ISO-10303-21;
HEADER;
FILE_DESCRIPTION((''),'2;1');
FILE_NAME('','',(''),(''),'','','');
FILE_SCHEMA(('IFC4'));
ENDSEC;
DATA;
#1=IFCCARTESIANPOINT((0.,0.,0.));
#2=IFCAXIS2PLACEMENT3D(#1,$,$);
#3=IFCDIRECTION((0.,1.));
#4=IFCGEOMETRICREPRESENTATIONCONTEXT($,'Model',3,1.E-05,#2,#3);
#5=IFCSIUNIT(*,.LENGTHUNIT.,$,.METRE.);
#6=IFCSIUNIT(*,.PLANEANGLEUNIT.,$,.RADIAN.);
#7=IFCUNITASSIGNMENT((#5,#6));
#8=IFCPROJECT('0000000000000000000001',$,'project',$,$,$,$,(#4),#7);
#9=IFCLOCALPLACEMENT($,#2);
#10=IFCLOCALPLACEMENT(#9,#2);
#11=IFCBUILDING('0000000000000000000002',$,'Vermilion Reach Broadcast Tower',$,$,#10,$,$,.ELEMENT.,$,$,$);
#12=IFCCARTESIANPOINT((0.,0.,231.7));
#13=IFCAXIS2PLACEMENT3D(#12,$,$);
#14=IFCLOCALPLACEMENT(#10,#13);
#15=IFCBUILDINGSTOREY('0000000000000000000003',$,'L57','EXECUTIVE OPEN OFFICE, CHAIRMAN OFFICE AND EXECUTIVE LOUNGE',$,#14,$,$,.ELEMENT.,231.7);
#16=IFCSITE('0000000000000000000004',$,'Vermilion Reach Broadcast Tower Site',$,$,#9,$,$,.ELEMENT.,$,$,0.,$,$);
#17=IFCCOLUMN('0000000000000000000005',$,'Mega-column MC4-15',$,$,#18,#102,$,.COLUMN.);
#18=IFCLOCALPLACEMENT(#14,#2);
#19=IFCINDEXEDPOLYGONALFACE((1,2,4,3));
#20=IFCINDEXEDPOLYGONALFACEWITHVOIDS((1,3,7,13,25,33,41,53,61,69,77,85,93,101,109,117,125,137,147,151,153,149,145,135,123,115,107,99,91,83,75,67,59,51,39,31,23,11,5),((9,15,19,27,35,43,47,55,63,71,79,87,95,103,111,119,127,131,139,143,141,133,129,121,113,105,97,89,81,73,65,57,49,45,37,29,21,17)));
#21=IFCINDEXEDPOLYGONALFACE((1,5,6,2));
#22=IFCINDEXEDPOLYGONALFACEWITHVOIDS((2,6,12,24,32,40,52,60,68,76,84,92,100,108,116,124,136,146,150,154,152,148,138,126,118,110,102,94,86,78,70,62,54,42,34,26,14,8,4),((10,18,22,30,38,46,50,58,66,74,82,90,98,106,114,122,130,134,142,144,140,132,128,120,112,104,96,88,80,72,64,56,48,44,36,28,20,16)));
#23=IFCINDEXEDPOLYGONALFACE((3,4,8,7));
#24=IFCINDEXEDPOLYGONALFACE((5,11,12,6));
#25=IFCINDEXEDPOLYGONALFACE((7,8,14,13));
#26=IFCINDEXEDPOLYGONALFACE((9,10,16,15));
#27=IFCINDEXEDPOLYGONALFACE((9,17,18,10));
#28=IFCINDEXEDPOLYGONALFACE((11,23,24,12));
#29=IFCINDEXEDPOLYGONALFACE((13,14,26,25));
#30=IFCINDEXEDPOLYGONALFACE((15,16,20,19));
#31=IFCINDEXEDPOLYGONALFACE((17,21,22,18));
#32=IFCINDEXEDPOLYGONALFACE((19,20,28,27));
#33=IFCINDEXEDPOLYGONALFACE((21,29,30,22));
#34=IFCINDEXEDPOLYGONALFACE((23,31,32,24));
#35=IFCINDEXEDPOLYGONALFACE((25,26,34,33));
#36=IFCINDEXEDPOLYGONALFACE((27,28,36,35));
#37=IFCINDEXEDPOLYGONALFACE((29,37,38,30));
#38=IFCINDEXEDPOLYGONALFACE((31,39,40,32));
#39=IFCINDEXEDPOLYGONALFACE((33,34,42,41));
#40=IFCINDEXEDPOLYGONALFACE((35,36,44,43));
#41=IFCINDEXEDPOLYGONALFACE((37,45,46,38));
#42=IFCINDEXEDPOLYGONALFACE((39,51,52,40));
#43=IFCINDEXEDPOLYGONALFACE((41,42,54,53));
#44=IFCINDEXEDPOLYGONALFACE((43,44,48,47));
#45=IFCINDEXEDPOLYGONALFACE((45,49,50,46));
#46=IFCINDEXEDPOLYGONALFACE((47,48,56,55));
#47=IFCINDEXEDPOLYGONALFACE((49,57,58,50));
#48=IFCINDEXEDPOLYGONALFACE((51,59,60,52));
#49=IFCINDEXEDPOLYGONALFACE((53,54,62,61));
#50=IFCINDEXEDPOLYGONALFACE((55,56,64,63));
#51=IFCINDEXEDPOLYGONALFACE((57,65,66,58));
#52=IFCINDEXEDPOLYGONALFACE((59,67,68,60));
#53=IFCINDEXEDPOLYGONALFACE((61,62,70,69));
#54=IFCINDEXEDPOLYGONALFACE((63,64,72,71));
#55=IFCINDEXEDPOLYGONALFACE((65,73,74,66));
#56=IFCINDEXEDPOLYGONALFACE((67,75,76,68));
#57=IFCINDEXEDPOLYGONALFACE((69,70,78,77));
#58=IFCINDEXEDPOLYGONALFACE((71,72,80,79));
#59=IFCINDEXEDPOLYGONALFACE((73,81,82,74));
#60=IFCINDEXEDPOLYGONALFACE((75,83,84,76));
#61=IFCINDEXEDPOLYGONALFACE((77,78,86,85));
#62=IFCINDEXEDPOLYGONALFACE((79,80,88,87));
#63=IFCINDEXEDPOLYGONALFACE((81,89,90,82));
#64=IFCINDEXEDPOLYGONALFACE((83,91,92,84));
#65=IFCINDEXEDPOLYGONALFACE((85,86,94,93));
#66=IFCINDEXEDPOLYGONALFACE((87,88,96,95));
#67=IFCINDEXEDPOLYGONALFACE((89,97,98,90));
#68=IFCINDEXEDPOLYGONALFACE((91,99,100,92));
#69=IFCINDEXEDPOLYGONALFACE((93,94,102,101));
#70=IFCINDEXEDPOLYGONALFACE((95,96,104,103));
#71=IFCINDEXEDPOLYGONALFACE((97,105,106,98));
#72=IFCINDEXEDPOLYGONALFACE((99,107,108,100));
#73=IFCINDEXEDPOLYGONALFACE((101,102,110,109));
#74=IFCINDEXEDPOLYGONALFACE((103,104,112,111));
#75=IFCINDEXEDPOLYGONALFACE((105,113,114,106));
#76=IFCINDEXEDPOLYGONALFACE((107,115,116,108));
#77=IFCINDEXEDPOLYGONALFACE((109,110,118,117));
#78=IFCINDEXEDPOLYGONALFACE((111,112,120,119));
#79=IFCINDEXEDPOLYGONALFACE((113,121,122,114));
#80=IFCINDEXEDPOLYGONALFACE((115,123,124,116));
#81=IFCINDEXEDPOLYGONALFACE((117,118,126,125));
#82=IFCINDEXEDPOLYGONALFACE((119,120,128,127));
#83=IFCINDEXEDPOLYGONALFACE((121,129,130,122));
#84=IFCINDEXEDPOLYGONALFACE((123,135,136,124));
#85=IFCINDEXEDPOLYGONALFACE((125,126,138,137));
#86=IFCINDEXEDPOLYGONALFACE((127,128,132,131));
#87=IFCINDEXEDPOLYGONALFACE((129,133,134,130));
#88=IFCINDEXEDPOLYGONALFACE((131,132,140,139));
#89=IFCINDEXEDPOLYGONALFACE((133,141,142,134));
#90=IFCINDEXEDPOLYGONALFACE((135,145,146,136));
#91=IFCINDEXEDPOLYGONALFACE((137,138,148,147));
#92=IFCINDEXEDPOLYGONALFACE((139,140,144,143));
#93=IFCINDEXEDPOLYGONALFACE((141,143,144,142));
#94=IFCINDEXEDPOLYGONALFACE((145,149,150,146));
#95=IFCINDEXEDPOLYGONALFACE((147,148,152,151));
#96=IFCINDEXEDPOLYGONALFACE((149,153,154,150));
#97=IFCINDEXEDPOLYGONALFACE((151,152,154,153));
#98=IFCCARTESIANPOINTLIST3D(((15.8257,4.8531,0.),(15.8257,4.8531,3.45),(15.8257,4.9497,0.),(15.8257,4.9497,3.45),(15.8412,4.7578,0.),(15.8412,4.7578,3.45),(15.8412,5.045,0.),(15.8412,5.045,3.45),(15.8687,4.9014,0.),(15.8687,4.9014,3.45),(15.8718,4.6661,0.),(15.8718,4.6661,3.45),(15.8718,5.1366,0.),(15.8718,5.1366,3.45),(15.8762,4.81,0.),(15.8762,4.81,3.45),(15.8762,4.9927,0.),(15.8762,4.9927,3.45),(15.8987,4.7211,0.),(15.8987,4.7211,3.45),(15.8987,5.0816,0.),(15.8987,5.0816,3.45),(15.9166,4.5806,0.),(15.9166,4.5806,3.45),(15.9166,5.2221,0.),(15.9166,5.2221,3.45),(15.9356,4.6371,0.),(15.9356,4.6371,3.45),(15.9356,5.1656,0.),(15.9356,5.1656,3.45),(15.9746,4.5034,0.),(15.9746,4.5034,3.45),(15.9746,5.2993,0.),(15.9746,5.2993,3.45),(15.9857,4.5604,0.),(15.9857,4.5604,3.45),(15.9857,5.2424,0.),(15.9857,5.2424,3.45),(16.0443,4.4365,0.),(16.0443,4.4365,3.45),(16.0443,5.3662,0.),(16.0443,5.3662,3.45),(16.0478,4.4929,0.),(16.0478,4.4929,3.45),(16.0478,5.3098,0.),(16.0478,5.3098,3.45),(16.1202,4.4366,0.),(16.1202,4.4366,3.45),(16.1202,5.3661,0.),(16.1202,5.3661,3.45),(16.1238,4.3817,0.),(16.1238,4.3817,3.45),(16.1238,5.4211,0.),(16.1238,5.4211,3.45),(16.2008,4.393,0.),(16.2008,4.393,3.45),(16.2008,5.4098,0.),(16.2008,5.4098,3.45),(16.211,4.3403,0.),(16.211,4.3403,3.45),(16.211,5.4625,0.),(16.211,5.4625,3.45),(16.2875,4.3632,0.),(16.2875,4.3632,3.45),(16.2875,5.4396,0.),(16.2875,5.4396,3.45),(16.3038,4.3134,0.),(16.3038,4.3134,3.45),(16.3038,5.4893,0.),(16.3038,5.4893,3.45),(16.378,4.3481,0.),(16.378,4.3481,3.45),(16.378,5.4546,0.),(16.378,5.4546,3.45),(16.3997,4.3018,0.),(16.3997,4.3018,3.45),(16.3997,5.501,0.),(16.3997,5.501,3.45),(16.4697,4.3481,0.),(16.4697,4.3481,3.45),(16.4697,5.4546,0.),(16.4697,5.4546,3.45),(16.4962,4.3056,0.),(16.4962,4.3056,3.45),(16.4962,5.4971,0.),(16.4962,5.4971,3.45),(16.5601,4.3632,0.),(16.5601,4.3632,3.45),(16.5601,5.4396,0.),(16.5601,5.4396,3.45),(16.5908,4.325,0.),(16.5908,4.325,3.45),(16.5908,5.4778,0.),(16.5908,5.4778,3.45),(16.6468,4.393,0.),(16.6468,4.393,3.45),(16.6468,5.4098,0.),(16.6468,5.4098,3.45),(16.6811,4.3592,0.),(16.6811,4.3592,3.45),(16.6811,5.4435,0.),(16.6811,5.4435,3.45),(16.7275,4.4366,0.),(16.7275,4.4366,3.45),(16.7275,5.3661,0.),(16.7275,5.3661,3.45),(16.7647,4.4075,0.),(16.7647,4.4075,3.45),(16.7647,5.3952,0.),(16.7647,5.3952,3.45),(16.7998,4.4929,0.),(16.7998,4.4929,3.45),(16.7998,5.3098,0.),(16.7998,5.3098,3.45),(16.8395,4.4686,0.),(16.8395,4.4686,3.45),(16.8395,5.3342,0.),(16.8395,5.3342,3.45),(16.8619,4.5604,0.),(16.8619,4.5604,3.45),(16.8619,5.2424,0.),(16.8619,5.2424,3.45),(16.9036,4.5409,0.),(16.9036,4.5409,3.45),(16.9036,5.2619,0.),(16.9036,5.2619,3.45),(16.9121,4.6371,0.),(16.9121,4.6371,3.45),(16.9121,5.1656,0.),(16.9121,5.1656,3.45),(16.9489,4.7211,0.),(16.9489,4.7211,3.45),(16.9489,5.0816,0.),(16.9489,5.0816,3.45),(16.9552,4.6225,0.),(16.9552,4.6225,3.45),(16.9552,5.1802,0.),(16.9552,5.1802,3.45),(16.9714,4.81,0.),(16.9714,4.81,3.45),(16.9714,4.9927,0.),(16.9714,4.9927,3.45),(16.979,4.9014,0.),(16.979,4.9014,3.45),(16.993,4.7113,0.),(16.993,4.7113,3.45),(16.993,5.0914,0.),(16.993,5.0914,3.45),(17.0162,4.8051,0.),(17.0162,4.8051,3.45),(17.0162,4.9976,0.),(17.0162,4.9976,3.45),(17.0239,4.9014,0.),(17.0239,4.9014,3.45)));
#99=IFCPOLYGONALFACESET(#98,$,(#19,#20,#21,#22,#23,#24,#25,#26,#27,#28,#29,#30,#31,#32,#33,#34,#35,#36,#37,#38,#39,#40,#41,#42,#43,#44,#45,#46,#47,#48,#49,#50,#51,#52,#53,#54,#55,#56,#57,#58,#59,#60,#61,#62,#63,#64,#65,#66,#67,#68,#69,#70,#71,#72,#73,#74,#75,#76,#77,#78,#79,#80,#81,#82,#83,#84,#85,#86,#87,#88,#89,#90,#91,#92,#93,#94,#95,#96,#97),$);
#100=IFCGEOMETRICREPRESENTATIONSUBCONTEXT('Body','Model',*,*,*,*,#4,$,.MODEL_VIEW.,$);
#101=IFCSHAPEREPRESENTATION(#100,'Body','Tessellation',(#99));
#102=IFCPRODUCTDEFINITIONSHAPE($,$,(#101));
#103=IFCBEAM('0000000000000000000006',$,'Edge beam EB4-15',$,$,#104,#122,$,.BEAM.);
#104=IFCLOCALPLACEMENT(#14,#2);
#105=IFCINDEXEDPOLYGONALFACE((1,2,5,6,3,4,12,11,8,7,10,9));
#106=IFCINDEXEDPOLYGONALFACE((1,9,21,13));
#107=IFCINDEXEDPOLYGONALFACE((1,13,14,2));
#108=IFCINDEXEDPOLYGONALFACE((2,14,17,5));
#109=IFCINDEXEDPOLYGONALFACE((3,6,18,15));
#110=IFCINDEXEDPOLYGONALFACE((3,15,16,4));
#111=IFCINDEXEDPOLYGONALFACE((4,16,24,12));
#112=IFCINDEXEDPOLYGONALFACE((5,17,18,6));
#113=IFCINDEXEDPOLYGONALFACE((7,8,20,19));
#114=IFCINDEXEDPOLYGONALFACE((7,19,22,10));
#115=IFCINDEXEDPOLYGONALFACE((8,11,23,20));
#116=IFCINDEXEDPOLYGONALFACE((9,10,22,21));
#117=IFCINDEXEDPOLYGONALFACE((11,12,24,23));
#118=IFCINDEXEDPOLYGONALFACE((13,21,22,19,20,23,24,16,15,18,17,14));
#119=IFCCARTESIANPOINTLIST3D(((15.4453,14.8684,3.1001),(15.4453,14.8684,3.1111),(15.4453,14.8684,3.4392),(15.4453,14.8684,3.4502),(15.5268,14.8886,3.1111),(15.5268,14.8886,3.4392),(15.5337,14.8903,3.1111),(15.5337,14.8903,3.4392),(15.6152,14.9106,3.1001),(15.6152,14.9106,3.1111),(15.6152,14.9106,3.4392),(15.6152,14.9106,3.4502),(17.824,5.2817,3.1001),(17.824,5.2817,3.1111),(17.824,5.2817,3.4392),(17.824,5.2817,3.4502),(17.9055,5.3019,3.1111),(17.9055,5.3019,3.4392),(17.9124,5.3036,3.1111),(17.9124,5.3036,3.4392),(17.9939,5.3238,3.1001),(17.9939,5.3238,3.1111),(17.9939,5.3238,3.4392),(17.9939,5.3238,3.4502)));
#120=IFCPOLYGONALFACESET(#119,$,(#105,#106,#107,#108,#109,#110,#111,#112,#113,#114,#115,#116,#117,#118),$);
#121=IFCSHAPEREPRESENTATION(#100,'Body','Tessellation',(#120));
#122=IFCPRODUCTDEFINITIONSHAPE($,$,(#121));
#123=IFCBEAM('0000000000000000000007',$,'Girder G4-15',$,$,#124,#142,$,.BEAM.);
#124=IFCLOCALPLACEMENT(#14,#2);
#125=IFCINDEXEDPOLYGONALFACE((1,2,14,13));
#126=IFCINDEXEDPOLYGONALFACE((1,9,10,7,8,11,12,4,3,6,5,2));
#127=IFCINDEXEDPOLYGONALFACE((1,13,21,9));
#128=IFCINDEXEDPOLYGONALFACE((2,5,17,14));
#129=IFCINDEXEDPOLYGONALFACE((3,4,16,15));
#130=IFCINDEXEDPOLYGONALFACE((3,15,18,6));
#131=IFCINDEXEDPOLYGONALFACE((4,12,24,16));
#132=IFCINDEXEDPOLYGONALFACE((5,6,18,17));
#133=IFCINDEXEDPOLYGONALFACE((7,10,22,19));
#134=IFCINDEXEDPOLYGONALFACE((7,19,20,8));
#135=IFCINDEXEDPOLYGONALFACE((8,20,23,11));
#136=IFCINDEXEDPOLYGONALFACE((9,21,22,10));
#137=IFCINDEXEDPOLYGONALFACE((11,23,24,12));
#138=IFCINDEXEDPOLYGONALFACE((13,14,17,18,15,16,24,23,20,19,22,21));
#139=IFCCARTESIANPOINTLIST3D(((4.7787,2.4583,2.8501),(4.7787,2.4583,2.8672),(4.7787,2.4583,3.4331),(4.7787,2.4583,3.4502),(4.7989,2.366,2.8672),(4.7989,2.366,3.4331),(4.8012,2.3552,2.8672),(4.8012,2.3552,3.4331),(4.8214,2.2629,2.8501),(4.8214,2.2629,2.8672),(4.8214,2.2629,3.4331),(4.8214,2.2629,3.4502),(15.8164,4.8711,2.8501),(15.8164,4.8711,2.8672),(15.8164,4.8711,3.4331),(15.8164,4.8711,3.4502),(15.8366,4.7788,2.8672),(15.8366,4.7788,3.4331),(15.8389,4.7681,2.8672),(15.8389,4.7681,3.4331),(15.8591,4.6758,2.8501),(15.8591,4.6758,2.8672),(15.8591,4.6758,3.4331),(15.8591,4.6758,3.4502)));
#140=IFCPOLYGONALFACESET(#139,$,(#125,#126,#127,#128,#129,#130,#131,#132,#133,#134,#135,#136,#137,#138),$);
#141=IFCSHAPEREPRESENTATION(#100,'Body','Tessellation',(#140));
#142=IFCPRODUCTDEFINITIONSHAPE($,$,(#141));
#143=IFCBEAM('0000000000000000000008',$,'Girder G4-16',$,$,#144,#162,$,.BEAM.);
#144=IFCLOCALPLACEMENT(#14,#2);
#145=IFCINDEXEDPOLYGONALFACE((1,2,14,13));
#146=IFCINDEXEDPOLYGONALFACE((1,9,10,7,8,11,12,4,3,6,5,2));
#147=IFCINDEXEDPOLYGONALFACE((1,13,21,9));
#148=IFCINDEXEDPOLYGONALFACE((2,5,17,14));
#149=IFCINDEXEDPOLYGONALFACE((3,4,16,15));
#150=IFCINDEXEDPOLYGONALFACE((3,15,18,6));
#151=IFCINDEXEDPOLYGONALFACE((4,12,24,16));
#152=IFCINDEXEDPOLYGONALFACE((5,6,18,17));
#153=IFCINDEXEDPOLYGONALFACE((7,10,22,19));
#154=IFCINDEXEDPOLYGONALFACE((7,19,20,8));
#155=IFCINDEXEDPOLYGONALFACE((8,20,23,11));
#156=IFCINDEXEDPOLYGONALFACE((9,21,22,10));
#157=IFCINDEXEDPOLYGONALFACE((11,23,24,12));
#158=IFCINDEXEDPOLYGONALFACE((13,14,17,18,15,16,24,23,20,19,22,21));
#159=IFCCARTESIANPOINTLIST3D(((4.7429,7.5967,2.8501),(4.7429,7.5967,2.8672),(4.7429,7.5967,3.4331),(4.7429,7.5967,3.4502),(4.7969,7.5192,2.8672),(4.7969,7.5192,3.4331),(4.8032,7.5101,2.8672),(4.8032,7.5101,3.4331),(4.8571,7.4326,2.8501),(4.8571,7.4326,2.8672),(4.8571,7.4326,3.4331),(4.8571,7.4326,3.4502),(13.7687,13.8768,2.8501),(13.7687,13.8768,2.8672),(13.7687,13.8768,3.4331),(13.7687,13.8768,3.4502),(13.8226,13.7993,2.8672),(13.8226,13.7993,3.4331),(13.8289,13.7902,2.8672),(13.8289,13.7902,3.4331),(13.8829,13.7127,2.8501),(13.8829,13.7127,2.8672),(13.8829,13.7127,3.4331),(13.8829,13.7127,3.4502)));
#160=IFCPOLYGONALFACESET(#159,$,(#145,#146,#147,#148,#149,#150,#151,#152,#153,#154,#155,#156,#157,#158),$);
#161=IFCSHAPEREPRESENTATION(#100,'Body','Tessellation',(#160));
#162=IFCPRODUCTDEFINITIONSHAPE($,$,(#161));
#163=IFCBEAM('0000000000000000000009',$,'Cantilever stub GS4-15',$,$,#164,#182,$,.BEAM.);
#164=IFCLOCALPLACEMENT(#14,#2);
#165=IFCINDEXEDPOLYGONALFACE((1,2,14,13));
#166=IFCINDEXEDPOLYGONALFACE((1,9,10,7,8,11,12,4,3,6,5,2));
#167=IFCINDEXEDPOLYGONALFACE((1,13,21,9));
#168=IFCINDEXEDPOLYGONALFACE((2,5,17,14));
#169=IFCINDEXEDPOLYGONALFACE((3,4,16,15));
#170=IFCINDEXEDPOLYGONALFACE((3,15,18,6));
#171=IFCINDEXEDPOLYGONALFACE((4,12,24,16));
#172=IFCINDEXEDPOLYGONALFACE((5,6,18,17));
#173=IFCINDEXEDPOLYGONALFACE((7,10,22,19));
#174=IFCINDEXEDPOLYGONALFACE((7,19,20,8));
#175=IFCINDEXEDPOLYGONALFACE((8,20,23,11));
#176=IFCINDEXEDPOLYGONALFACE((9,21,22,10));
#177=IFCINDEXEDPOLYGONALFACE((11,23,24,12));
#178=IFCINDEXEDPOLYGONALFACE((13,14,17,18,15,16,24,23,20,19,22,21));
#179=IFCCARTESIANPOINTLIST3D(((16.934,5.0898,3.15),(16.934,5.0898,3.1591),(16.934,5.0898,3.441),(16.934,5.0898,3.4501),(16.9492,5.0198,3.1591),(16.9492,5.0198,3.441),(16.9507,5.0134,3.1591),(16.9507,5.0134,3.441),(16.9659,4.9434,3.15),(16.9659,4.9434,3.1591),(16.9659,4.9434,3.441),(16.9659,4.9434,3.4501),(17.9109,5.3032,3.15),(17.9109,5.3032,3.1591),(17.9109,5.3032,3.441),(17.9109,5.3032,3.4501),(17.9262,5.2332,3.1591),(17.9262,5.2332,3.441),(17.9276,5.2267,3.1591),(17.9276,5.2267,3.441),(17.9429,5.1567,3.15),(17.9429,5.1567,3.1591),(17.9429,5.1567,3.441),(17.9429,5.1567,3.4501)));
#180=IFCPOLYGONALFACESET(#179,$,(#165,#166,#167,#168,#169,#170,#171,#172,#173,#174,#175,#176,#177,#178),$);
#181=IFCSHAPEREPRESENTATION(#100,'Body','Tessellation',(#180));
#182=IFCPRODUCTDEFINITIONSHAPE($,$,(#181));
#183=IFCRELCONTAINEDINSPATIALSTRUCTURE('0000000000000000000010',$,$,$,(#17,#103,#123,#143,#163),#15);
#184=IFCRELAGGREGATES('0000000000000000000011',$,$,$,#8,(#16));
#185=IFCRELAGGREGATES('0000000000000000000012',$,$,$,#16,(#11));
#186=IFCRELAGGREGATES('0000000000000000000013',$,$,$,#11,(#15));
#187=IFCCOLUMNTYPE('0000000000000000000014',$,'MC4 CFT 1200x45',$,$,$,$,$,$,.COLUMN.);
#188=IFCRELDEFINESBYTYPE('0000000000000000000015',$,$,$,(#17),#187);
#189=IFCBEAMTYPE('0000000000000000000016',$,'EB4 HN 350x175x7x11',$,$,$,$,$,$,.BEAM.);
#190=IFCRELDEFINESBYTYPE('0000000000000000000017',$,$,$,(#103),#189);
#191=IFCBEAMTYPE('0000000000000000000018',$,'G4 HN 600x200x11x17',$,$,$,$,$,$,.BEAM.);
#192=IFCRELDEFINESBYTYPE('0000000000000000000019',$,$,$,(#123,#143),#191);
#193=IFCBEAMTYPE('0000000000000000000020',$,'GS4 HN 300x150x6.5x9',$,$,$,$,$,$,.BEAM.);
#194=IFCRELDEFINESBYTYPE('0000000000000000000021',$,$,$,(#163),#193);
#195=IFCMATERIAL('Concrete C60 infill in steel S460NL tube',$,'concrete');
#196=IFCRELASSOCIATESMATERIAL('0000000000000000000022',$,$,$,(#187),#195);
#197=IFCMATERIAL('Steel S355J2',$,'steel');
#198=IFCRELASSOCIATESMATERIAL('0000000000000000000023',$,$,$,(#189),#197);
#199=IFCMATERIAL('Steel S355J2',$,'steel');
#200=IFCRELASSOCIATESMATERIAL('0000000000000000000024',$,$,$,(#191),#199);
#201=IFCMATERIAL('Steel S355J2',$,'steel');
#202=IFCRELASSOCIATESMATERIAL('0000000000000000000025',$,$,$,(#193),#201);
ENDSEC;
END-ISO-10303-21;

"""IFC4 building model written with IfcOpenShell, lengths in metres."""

from ifc_helpers import new_model, si_unit, direction, frame, origin, origin_2d, place, context, subcontext, project, spatial, hollow_circle, i_section, extrude, material, material_profile, profile_set, type_object, element, save


model = new_model("IFC4")

# Units and contexts
model_context = context("Model", 3, precision=1e-05, world=origin(), true_north=direction((0.0, 1.0)))
body_context = subcontext(model_context, "Body", "Model", "MODEL_VIEW")
ifc_project = project(units=[si_unit("LENGTHUNIT", "METRE"), si_unit("PLANEANGLEUNIT", "RADIAN")], contexts=[model_context])

# Site, building, storey
site_placement = place(None, origin())
site = spatial("IfcSite", under=ifc_project, at=site_placement, Name="Vermilion Reach Broadcast Tower Site", CompositionType="ELEMENT", RefElevation=0.0)
building_placement = place(site_placement, origin())
building = spatial("IfcBuilding", under=site, at=building_placement, Name="Vermilion Reach Broadcast Tower", CompositionType="ELEMENT")
storey_placement = place(building_placement, frame((0.0, 0.0, 231.7)))
storey = spatial("IfcBuildingStorey", under=building, at=storey_placement, Name="L57", Description="EXECUTIVE OPEN OFFICE, CHAIRMAN OFFICE AND EXECUTIVE LOUNGE", CompositionType="ELEMENT", Elevation=231.7)

# Column
ifc_material_1 = material(Name="Concrete C60 infill in steel S460NL tube", Category="concrete")
ifc_material_profile_1 = material_profile(ifc_material_1, hollow_circle(Radius=0.6001, WallThickness=0.0449, at=origin_2d()), Name="Concrete C60 infill in steel S460NL tube CFT 1200x45")
ifc_profile_set_1 = profile_set([ifc_material_profile_1], Name="Concrete C60 infill in steel S460NL tube")
column_type = type_object("IfcColumnType", Name="MC4 CFT 1200x45", PredefinedType="COLUMN", material=ifc_profile_set_1)
column_placement = place(storey_placement, frame((16.4238, 4.9014, 0.0), z_axis=(0.0, 0.0, 1.0), x_axis=(1.0, 0.0, 0.0)))
element("IfcColumn", 1, at=column_placement, inside=storey, type_object=column_type, Name="Mega-column MC4-15", PredefinedType="COLUMN", context=body_context, shape_type="SweptSolid", body=[
    extrude(hollow_circle(Radius=0.6001, WallThickness=0.0449, at=origin_2d()), origin(), (0.0, 0.0, 1.0), 3.45),
])

# Beams
ifc_material_2 = material(Name="Steel S355J2", Category="steel")
ifc_material_profile_2 = material_profile(ifc_material_2, i_section(OverallWidth=0.175, OverallDepth=0.3501, WebThickness=0.0071, FlangeThickness=0.011, at=origin_2d()), Name="S355J2 HN 350x175x7x11")
ifc_profile_set_2 = profile_set([ifc_material_profile_2], Name="Steel S355J2")
beam_type_1 = type_object("IfcBeamType", Name="EB4 HN 350x175x7x11", PredefinedType="BEAM", material=ifc_profile_set_2)
beam_1_placement = place(storey_placement, frame((17.9089, 5.3027, 3.2751), z_axis=(-0.24082, 0.97057, 0.0), x_axis=(-0.97057, -0.24082, 0.0)))
element("IfcBeam", 2, at=beam_1_placement, inside=storey, type_object=beam_type_1, Name="Edge beam EB4-15", PredefinedType="BEAM", context=body_context, shape_type="SweptSolid", body=[
    extrude(i_section(OverallWidth=0.175, OverallDepth=0.3501, WebThickness=0.0071, FlangeThickness=0.011, at=origin_2d()), origin(), (0.0, 0.0, 1.0), 9.8774),
])
ifc_material_3 = material(Name="Steel S355J2", Category="steel")
ifc_material_profile_3 = material_profile(ifc_material_3, i_section(OverallWidth=0.2, OverallDepth=0.6001, WebThickness=0.011, FlangeThickness=0.0171, at=origin_2d()), Name="S355J2 HN 600x200x11x17")
ifc_profile_set_3 = profile_set([ifc_material_profile_3], Name="Steel S355J2")
beam_type_2 = type_object("IfcBeamType", Name="G4 HN 600x200x11x17", PredefinedType="BEAM", material=ifc_profile_set_3)
beam_2_placement = place(storey_placement, frame((4.8, 2.3606, 3.1501), z_axis=(0.97693, 0.213559, 0.0), x_axis=(-0.213559, 0.97693, 0.0)))
element("IfcBeam", 3, at=beam_2_placement, inside=storey, type_object=beam_type_2, Name="Girder G4-15", PredefinedType="BEAM", context=body_context, shape_type="SweptSolid", body=[
    extrude(i_section(OverallWidth=0.2, OverallDepth=0.6001, WebThickness=0.011, FlangeThickness=0.0171, at=origin_2d()), origin(), (0.0, 0.0, 1.0), 11.2983),
])
beam_3_placement = place(storey_placement, frame((4.8, 7.5146, 3.1501), z_axis=(0.820849, 0.571146, 0.0), x_axis=(-0.571146, 0.820849, 0.0)))
element("IfcBeam", 4, at=beam_3_placement, inside=storey, type_object=beam_type_2, Name="Girder G4-16", PredefinedType="BEAM", context=body_context, shape_type="SweptSolid", body=[
    extrude(i_section(OverallWidth=0.2, OverallDepth=0.6001, WebThickness=0.011, FlangeThickness=0.0171, at=origin_2d()), origin(), (0.0, 0.0, 1.0), 10.9956),
])
ifc_material_4 = material(Name="Steel S355J2", Category="steel")
ifc_material_profile_4 = material_profile(ifc_material_4, i_section(OverallWidth=0.1499, OverallDepth=0.3, WebThickness=0.0066, FlangeThickness=0.009, at=origin_2d()), Name="S355J2 HN 300x150x6.5x9")
ifc_profile_set_4 = profile_set([ifc_material_profile_4], Name="Steel S355J2")
beam_type_3 = type_object("IfcBeamType", Name="GS4 HN 300x150x6.5x9", PredefinedType="BEAM", material=ifc_profile_set_4)
beam_4_placement = place(storey_placement, frame((16.95, 5.0166, 3.3), z_axis=(0.976973, 0.213362, 0.0), x_axis=(-0.213362, 0.976973, 0.0)))
element("IfcBeam", 5, at=beam_4_placement, inside=storey, type_object=beam_type_3, Name="Cantilever stub GS4-15", PredefinedType="BEAM", context=body_context, shape_type="SweptSolid", body=[
    extrude(i_section(OverallWidth=0.1499, OverallDepth=0.3, WebThickness=0.0066, FlangeThickness=0.009, at=origin_2d()), origin(), (0.0, 0.0, 1.0), 1.0),
])

save(model, "model.ifc")
